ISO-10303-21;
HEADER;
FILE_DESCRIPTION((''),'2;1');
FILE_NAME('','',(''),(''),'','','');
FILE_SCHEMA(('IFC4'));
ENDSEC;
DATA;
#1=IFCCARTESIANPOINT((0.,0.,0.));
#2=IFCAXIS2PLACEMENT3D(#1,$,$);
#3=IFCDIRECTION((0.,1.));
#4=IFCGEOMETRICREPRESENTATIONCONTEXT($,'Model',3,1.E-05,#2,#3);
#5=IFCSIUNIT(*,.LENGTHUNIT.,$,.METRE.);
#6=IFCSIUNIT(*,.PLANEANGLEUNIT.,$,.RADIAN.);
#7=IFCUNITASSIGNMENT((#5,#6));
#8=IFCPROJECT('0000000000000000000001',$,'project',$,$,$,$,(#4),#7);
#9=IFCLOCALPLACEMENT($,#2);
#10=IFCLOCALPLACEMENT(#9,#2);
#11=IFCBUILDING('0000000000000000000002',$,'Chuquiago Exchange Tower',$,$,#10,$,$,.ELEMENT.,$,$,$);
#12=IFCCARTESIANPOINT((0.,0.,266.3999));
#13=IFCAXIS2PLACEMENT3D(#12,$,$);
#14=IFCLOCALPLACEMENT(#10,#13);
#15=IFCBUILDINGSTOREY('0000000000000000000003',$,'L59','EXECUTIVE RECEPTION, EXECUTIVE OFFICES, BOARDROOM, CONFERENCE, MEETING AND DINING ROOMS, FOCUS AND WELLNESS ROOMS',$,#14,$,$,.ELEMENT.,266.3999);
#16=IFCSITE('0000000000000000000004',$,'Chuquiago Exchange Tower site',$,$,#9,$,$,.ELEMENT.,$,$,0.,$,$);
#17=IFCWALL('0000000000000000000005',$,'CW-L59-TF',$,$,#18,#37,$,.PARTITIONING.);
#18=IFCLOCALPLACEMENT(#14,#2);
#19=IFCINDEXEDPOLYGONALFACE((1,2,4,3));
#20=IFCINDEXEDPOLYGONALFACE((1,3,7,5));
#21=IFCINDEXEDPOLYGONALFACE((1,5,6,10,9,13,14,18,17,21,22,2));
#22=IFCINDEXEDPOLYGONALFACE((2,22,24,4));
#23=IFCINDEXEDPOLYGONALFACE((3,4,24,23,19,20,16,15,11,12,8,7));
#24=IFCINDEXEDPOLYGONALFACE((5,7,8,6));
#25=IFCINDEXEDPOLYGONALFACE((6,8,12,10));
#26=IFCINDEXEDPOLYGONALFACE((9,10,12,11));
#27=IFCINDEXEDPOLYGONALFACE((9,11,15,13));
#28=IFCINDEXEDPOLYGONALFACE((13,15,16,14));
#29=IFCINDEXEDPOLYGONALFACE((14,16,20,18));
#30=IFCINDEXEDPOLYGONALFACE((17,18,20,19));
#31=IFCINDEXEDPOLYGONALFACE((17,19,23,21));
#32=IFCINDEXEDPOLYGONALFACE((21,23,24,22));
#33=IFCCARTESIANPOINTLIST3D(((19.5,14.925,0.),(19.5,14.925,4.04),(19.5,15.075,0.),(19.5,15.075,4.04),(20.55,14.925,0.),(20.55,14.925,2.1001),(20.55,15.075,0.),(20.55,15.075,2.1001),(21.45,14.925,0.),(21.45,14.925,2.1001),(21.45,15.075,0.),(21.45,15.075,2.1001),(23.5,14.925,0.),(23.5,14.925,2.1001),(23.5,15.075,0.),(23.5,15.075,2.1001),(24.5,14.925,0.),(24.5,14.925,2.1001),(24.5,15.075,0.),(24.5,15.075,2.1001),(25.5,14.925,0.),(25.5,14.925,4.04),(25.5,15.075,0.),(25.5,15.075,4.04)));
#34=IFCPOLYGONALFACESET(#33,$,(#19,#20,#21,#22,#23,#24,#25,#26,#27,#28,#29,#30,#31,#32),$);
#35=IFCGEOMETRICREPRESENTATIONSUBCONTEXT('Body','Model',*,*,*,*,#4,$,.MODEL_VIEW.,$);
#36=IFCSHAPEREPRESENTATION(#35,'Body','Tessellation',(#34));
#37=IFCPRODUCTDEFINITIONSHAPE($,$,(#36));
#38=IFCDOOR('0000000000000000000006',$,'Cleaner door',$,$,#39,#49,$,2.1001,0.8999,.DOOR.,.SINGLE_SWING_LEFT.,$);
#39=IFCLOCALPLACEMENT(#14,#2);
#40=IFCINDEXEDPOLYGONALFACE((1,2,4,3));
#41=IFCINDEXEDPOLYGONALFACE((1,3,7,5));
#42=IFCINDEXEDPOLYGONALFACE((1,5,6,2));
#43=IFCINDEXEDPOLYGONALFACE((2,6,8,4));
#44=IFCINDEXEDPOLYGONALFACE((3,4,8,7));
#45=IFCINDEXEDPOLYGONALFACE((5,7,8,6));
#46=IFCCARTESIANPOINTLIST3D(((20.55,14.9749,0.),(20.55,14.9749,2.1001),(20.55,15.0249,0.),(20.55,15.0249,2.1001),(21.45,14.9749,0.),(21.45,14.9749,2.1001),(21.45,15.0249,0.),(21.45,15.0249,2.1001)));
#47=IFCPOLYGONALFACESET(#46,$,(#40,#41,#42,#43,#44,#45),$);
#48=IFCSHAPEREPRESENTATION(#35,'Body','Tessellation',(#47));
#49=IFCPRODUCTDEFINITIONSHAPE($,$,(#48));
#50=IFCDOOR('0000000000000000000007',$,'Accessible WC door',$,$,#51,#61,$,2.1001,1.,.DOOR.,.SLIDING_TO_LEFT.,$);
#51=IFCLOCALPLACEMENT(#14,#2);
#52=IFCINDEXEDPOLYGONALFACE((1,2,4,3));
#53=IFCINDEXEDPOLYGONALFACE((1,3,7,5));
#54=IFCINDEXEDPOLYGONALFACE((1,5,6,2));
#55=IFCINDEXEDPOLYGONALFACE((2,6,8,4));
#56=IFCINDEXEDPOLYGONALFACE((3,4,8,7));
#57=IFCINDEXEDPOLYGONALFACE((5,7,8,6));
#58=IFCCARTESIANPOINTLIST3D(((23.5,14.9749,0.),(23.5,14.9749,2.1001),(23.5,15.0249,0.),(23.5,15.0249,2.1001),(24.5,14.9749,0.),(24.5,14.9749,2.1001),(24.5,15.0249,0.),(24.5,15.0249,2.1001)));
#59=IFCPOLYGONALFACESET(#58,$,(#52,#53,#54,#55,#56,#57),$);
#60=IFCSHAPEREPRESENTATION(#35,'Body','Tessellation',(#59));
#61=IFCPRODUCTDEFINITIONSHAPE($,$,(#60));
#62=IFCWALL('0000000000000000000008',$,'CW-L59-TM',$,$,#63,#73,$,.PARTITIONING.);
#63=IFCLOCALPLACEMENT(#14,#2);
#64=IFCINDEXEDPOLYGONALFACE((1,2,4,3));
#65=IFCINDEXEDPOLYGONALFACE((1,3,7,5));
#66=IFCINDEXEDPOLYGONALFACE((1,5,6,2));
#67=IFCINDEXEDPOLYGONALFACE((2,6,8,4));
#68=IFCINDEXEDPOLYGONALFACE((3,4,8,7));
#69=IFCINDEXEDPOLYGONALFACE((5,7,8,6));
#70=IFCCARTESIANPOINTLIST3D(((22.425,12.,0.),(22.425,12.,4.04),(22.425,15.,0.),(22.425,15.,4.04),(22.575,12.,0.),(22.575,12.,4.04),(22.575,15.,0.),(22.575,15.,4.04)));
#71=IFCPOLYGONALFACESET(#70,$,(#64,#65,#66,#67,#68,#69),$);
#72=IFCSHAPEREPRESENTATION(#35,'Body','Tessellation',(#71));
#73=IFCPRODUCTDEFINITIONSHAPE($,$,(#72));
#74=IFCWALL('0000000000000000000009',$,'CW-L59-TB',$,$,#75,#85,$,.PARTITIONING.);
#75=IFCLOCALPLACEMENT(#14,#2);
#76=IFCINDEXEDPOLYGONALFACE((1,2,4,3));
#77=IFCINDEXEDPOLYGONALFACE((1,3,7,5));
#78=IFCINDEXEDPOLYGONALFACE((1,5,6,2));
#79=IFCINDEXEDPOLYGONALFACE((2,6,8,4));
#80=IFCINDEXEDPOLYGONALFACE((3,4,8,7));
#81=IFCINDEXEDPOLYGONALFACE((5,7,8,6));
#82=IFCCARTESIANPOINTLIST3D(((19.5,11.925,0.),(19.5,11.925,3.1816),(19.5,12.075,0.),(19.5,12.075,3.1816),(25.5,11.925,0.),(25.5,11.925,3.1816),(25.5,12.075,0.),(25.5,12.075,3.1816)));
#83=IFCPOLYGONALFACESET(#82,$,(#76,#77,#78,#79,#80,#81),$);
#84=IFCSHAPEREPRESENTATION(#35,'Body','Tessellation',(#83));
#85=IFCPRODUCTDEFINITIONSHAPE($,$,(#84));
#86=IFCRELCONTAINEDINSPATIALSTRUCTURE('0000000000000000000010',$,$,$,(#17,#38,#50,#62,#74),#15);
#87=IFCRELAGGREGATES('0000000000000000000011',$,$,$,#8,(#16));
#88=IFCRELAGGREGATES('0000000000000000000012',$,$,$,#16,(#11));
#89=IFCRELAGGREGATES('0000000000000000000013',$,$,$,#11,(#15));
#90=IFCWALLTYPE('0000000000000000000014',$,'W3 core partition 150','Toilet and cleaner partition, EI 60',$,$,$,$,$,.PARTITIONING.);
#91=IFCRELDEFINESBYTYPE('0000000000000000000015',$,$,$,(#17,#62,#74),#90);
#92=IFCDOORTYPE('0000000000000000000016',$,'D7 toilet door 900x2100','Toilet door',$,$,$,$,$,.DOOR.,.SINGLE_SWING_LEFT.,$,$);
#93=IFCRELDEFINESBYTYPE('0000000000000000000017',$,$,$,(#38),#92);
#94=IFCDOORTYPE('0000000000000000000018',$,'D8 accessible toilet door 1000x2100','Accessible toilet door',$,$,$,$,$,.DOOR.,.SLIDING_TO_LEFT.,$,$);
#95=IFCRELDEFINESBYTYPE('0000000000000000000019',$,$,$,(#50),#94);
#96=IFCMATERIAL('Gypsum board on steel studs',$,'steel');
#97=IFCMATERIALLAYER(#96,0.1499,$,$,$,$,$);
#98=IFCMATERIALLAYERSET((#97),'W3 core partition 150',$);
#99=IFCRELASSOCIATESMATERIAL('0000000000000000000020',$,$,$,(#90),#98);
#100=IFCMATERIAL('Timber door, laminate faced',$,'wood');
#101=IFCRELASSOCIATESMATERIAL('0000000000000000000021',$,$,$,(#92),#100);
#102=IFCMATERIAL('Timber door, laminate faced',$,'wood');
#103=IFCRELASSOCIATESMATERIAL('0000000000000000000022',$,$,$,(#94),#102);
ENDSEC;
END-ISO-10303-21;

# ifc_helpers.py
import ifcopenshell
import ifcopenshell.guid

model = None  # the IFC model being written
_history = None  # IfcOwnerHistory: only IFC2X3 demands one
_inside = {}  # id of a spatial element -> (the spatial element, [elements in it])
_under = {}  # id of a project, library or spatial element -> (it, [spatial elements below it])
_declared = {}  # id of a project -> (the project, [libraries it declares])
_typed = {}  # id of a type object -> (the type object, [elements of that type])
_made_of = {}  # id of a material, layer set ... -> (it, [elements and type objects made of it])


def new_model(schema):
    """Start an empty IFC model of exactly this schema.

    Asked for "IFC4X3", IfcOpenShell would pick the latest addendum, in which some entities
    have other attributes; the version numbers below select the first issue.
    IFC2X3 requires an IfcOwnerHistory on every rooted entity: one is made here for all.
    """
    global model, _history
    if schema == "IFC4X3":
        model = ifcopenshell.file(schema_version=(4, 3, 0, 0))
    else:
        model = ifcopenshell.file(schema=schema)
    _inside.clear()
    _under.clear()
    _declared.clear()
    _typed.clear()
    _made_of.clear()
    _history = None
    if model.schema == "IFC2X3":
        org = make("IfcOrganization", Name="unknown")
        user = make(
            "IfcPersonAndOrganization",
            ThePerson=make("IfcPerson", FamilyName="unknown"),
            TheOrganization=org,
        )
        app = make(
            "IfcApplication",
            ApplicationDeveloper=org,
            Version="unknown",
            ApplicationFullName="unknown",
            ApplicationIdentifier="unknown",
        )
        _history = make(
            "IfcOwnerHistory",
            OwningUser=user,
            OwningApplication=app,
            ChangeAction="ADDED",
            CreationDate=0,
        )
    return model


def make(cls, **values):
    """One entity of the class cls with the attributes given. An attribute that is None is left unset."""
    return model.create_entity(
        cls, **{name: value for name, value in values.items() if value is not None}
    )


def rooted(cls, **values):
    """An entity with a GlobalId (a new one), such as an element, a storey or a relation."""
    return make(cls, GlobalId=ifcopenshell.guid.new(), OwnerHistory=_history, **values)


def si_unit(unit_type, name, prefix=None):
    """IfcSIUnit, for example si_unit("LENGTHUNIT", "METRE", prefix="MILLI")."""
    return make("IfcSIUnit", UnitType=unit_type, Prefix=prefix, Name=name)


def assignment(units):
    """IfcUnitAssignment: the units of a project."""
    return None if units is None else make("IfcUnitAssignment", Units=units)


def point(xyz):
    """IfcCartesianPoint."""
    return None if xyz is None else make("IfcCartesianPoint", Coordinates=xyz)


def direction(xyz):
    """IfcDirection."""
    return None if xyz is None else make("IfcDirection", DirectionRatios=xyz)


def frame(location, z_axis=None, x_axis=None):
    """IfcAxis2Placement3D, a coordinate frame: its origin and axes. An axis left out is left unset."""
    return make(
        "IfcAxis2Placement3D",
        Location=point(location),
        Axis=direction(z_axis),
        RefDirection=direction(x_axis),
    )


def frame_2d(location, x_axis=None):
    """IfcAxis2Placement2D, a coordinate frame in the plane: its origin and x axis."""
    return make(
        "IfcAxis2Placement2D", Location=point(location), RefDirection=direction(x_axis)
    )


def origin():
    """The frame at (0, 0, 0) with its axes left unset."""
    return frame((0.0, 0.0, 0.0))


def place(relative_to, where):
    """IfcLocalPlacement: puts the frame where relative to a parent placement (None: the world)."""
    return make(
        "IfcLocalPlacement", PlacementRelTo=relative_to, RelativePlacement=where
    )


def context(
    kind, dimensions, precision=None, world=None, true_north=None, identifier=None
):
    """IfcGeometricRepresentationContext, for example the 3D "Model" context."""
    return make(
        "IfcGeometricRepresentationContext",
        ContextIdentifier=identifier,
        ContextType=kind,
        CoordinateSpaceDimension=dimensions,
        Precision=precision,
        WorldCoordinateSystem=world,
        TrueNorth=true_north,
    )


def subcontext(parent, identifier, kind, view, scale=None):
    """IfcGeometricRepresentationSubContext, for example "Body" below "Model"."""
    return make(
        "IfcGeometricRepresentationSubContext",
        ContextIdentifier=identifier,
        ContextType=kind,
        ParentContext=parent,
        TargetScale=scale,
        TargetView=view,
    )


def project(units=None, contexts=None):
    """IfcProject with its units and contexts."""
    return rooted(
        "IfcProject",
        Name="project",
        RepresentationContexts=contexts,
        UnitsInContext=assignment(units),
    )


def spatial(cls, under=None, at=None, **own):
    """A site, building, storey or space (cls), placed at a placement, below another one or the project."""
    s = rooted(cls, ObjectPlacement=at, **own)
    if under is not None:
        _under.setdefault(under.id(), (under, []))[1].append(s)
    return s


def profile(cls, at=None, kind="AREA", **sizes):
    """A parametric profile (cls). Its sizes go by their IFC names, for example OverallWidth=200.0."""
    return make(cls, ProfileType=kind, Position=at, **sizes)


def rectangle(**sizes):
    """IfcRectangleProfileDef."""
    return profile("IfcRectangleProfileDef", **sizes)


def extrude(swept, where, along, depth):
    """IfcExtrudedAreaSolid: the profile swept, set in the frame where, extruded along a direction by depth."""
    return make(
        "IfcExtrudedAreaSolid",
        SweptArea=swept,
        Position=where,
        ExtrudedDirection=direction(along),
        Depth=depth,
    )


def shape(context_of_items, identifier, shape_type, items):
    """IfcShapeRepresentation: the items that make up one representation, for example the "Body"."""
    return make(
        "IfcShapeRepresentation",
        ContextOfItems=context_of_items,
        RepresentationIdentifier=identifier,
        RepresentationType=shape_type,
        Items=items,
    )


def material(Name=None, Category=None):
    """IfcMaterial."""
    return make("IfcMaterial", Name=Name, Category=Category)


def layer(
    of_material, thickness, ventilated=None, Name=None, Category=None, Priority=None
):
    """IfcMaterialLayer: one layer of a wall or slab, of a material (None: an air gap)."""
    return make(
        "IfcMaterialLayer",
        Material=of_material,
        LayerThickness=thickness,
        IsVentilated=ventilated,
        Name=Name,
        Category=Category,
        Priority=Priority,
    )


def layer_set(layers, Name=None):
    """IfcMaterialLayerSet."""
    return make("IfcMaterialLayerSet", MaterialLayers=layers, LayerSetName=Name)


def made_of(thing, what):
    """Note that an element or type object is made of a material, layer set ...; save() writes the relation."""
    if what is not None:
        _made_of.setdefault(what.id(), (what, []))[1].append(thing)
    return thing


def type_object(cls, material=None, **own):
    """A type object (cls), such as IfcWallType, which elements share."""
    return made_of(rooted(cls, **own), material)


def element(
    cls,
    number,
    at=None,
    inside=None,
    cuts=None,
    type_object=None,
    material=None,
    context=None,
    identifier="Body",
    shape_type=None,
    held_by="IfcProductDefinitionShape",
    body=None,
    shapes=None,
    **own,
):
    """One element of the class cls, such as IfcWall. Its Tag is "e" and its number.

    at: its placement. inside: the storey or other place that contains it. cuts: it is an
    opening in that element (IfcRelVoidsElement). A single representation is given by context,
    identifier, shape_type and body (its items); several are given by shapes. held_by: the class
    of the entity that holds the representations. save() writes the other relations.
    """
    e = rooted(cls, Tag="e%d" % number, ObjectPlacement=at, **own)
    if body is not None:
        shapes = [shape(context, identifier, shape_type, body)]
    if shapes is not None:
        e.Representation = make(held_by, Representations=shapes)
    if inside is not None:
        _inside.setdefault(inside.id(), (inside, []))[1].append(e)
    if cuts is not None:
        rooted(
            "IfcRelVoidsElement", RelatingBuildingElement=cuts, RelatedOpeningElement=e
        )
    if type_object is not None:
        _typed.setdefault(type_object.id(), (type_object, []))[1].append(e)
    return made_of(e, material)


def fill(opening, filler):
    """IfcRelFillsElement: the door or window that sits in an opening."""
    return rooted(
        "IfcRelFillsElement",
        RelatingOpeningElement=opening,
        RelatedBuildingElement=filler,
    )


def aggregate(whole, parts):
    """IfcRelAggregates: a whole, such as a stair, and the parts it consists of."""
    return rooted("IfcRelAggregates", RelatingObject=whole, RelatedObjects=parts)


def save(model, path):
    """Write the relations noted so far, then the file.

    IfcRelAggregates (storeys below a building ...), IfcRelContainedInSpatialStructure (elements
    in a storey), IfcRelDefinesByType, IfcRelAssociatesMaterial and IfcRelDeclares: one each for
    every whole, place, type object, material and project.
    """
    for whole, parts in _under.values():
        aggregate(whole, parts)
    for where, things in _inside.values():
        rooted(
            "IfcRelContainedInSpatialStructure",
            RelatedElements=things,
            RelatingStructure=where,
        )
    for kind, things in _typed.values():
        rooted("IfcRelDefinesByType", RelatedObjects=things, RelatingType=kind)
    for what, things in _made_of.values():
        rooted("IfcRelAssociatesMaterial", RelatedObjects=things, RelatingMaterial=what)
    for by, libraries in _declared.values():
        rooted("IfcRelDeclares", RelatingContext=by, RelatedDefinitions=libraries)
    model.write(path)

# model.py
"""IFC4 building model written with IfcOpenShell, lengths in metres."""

from ifc_helpers import new_model, si_unit, direction, frame, frame_2d, origin, place, context, subcontext, project, spatial, rectangle, extrude, material, layer, layer_set, type_object, element, fill, save


model = new_model("IFC4")

# Units and contexts
model_context = context("Model", 3, precision=1e-05, world=origin(), true_north=direction((0.0, 1.0)))
body_context = subcontext(model_context, "Body", "Model", "MODEL_VIEW")
ifc_project = project(units=[si_unit("LENGTHUNIT", "METRE"), si_unit("PLANEANGLEUNIT", "RADIAN")], contexts=[model_context])

# Site, building, storey
site_placement = place(None, origin())
site = spatial("IfcSite", under=ifc_project, at=site_placement, Name="Chuquiago Exchange Tower site", CompositionType="ELEMENT", RefElevation=0.0)
building_placement = place(site_placement, origin())
building = spatial("IfcBuilding", under=site, at=building_placement, Name="Chuquiago Exchange Tower", CompositionType="ELEMENT")
storey_placement = place(building_placement, frame((0.0, 0.0, 266.3999)))
storey = spatial("IfcBuildingStorey", under=building, at=storey_placement, Name="L59", Description="EXECUTIVE RECEPTION, EXECUTIVE OFFICES, BOARDROOM, CONFERENCE, MEETING AND DINING ROOMS, FOCUS AND WELLNESS ROOMS", CompositionType="ELEMENT", Elevation=266.3999)

# Wall, openings, doors
ifc_material_1 = material(Name="Gypsum board on steel studs", Category="steel")
ifc_layer_1 = layer(ifc_material_1, 0.1499)
ifc_layer_set_1 = layer_set([ifc_layer_1], Name="W3 core partition 150")
wall_type_1 = type_object("IfcWallType", Name="W3 core partition 150", Description="Toilet and cleaner partition, EI 60", PredefinedType="PARTITIONING", material=ifc_layer_set_1)
wall_1_placement = place(storey_placement, frame((19.5, 15.0, 0.0), z_axis=(0.0, 0.0, 1.0), x_axis=(1.0, 0.0, 0.0)))
wall_1 = element("IfcWall", 1, at=wall_1_placement, inside=storey, type_object=wall_type_1, Name="CW-L59-TF", PredefinedType="PARTITIONING", context=body_context, shape_type="SweptSolid", body=[
    extrude(rectangle(XDim=6.0, YDim=0.1499, at=frame_2d((3.0, 0.0))), origin(), (0.0, 0.0, 1.0), 4.04),
])
opening_1_placement = place(wall_1_placement, frame((4.0, 0.0, 0.0)))
opening_1 = element("IfcOpeningElement", 2, at=opening_1_placement, cuts=wall_1, PredefinedType="OPENING", context=body_context, shape_type="SweptSolid", body=[
    extrude(rectangle(XDim=1.0, YDim=2.1001, at=frame_2d((0.5, 1.05))), frame((0.0, 0.085, 0.0), z_axis=(0.0, -1.0, 0.0), x_axis=(1.0, 0.0, 0.0)), (0.0, 0.0, 1.0), 0.1699),
])
opening_2_placement = place(wall_1_placement, frame((1.05, 0.0, 0.0)))
opening_2 = element("IfcOpeningElement", 3, at=opening_2_placement, cuts=wall_1, PredefinedType="OPENING", context=body_context, shape_type="SweptSolid", body=[
    extrude(rectangle(XDim=0.8999, YDim=2.1001, at=frame_2d((0.45, 1.05))), frame((0.0, 0.085, 0.0), z_axis=(0.0, -1.0, 0.0), x_axis=(1.0, 0.0, 0.0)), (0.0, 0.0, 1.0), 0.1699),
])
ifc_material_2 = material(Name="Timber door, laminate faced", Category="wood")
door_type_1 = type_object("IfcDoorType", Name="D7 toilet door 900x2100", Description="Toilet door", OperationType="SINGLE_SWING_LEFT", PredefinedType="DOOR", material=ifc_material_2)
door_1_placement = place(opening_2_placement, origin())
door_1 = element("IfcDoor", 4, at=door_1_placement, inside=storey, type_object=door_type_1, Name="Cleaner door", OperationType="SINGLE_SWING_LEFT", OverallHeight=2.1001, OverallWidth=0.8999, PredefinedType="DOOR", context=body_context, shape_type="SweptSolid", body=[
    extrude(rectangle(XDim=0.8999, YDim=2.1001, at=frame_2d((0.45, 1.05))), frame((0.0, 0.0249, 0.0), z_axis=(0.0, -1.0, 0.0), x_axis=(1.0, 0.0, 0.0)), (0.0, 0.0, 1.0), 0.05),
])
fill(opening_2, door_1)
ifc_material_3 = material(Name="Timber door, laminate faced", Category="wood")
door_type_2 = type_object("IfcDoorType", Name="D8 accessible toilet door 1000x2100", Description="Accessible toilet door", OperationType="SLIDING_TO_LEFT", PredefinedType="DOOR", material=ifc_material_3)
door_2_placement = place(opening_1_placement, origin())
door_2 = element("IfcDoor", 5, at=door_2_placement, inside=storey, type_object=door_type_2, Name="Accessible WC door", OperationType="SLIDING_TO_LEFT", OverallHeight=2.1001, OverallWidth=1.0, PredefinedType="DOOR", context=body_context, shape_type="SweptSolid", body=[
    extrude(rectangle(XDim=1.0, YDim=2.1001, at=frame_2d((0.5, 1.05))), frame((0.0, 0.0249, 0.0), z_axis=(0.0, -1.0, 0.0), x_axis=(1.0, 0.0, 0.0)), (0.0, 0.0, 1.0), 0.05),
])
fill(opening_1, door_2)

# Walls
wall_2_placement = place(storey_placement, frame((22.5, 15.0, 0.0), z_axis=(0.0, 0.0, 1.0), x_axis=(0.0, -1.0, 0.0)))
element("IfcWall", 6, at=wall_2_placement, inside=storey, type_object=wall_type_1, Name="CW-L59-TM", PredefinedType="PARTITIONING", context=body_context, shape_type="SweptSolid", body=[
    extrude(rectangle(XDim=3.0, YDim=0.1499, at=frame_2d((1.5, 0.0))), origin(), (0.0, 0.0, 1.0), 4.04),
])
wall_3_placement = place(storey_placement, frame((19.5, 12.0, 0.0), z_axis=(0.0, 0.0, 1.0), x_axis=(1.0, 0.0, 0.0)))
element("IfcWall", 7, at=wall_3_placement, inside=storey, type_object=wall_type_1, Name="CW-L59-TB", PredefinedType="PARTITIONING", context=body_context, shape_type="SweptSolid", body=[
    extrude(rectangle(XDim=6.0, YDim=0.1499, at=frame_2d((3.0, 0.0))), origin(), (0.0, 0.0, 1.0), 3.1816),
])

save(model, "model.ifc")
